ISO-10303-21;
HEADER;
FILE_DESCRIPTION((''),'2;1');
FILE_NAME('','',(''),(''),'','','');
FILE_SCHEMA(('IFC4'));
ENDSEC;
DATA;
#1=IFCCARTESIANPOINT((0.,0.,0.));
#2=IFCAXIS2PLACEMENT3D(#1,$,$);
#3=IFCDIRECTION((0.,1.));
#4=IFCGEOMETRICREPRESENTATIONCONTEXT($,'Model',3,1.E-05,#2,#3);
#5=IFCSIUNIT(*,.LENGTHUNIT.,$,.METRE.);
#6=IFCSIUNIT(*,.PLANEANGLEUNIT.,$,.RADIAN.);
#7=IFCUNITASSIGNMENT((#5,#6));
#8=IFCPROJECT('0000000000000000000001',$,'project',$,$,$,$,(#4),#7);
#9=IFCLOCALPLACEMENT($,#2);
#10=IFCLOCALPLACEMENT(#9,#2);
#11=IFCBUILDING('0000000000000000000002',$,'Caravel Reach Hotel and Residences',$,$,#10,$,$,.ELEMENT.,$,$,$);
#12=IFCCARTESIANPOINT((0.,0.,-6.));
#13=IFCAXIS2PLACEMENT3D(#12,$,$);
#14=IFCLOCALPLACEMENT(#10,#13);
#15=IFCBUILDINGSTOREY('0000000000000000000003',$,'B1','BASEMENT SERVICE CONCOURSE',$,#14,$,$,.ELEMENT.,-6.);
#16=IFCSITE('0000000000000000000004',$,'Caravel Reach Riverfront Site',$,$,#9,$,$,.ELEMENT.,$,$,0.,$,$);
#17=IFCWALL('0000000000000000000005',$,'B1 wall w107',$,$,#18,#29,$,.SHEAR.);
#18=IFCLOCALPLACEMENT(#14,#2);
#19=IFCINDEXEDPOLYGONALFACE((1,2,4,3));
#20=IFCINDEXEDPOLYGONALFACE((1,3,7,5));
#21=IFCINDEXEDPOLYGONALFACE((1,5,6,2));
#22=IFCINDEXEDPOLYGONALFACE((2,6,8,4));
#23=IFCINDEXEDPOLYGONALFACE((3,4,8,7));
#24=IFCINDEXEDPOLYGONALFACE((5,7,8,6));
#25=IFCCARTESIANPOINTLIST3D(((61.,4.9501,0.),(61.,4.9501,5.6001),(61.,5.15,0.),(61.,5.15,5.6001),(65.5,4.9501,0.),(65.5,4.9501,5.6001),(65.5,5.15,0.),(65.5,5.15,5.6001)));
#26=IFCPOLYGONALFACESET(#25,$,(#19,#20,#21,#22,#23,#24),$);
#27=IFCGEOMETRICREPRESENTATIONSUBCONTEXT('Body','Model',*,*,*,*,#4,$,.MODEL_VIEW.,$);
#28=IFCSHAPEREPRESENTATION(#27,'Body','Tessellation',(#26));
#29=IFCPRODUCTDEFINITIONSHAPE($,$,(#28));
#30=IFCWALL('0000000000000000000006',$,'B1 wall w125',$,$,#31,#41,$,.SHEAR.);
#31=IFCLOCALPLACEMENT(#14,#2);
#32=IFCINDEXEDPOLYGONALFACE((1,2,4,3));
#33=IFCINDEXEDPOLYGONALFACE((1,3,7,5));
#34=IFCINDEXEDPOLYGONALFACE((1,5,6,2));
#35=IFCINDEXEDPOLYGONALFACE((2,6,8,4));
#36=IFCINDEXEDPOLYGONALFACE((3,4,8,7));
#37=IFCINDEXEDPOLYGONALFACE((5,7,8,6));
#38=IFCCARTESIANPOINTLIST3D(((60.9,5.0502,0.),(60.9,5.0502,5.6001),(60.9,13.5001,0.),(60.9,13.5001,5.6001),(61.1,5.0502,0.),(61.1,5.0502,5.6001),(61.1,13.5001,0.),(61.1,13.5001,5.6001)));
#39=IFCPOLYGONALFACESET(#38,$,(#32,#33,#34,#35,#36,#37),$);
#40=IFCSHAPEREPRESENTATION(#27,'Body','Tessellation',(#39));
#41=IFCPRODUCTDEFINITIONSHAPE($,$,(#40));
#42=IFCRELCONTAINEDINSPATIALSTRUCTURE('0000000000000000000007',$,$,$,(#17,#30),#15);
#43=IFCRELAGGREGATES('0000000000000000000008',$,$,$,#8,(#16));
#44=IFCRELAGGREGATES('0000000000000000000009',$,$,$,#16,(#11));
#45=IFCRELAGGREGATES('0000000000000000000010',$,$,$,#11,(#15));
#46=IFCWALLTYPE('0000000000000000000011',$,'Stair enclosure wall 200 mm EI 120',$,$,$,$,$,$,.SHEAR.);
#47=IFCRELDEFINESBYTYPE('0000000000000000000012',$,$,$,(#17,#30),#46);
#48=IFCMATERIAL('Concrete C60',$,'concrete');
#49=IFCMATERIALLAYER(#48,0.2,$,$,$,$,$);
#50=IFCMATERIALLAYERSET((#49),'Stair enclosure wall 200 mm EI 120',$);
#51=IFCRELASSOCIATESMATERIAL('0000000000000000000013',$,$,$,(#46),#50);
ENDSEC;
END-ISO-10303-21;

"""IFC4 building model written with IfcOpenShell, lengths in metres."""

from ifc_helpers import new_model, si_unit, direction, frame, frame_2d, origin, place, context, subcontext, project, spatial, rectangle, extrude, material, layer, layer_set, type_object, element, save


model = new_model("IFC4")

# Units and contexts
model_context = context("Model", 3, precision=1e-05, world=origin(), true_north=direction((0.0, 1.0)))
body_context = subcontext(model_context, "Body", "Model", "MODEL_VIEW")
ifc_project = project(units=[si_unit("LENGTHUNIT", "METRE"), si_unit("PLANEANGLEUNIT", "RADIAN")], contexts=[model_context])

# Site, building, storey
site_placement = place(None, origin())
site = spatial("IfcSite", under=ifc_project, at=site_placement, Name="Caravel Reach Riverfront Site", CompositionType="ELEMENT", RefElevation=0.0)
building_placement = place(site_placement, origin())
building = spatial("IfcBuilding", under=site, at=building_placement, Name="Caravel Reach Hotel and Residences", CompositionType="ELEMENT")
storey_placement = place(building_placement, frame((0.0, 0.0, -6.0)))
storey = spatial("IfcBuildingStorey", under=building, at=storey_placement, Name="B1", Description="BASEMENT SERVICE CONCOURSE", CompositionType="ELEMENT", Elevation=-6.0)

# Shared definitions
ifc_material_1 = material(Name="Concrete C60", Category="concrete")
ifc_layer_1 = layer(ifc_material_1, 0.2)
ifc_layer_set_1 = layer_set([ifc_layer_1], Name="Stair enclosure wall 200 mm EI 120")
wall_type_1 = type_object("IfcWallType", Name="Stair enclosure wall 200 mm EI 120", PredefinedType="SHEAR", material=ifc_layer_set_1)

# Walls
wall_1_placement = place(storey_placement, frame((61.0, 5.05, 0.0), z_axis=(0.0, 0.0, 1.0), x_axis=(1.0, 0.0, 0.0)))
element("IfcWall", 1, at=wall_1_placement, inside=storey, type_object=wall_type_1, Name="B1 wall w107", PredefinedType="SHEAR", context=body_context, shape_type="SweptSolid", body=[
    extrude(rectangle(XDim=4.5, YDim=0.2, at=frame_2d((2.25, 0.0))), origin(), (0.0, 0.0, 1.0), 5.6001),
])
wall_2_placement = place(storey_placement, frame((61.0, 5.05, 0.0), z_axis=(0.0, 0.0, 1.0), x_axis=(0.0, 1.0, 0.0)))
element("IfcWall", 2, at=wall_2_placement, inside=storey, type_object=wall_type_1, Name="B1 wall w125", PredefinedType="SHEAR", context=body_context, shape_type="SweptSolid", body=[
    extrude(rectangle(XDim=8.45, YDim=0.2, at=frame_2d((4.2251, 0.0))), origin(), (0.0, 0.0, 1.0), 5.6001),
])

save(model, "model.ifc")
